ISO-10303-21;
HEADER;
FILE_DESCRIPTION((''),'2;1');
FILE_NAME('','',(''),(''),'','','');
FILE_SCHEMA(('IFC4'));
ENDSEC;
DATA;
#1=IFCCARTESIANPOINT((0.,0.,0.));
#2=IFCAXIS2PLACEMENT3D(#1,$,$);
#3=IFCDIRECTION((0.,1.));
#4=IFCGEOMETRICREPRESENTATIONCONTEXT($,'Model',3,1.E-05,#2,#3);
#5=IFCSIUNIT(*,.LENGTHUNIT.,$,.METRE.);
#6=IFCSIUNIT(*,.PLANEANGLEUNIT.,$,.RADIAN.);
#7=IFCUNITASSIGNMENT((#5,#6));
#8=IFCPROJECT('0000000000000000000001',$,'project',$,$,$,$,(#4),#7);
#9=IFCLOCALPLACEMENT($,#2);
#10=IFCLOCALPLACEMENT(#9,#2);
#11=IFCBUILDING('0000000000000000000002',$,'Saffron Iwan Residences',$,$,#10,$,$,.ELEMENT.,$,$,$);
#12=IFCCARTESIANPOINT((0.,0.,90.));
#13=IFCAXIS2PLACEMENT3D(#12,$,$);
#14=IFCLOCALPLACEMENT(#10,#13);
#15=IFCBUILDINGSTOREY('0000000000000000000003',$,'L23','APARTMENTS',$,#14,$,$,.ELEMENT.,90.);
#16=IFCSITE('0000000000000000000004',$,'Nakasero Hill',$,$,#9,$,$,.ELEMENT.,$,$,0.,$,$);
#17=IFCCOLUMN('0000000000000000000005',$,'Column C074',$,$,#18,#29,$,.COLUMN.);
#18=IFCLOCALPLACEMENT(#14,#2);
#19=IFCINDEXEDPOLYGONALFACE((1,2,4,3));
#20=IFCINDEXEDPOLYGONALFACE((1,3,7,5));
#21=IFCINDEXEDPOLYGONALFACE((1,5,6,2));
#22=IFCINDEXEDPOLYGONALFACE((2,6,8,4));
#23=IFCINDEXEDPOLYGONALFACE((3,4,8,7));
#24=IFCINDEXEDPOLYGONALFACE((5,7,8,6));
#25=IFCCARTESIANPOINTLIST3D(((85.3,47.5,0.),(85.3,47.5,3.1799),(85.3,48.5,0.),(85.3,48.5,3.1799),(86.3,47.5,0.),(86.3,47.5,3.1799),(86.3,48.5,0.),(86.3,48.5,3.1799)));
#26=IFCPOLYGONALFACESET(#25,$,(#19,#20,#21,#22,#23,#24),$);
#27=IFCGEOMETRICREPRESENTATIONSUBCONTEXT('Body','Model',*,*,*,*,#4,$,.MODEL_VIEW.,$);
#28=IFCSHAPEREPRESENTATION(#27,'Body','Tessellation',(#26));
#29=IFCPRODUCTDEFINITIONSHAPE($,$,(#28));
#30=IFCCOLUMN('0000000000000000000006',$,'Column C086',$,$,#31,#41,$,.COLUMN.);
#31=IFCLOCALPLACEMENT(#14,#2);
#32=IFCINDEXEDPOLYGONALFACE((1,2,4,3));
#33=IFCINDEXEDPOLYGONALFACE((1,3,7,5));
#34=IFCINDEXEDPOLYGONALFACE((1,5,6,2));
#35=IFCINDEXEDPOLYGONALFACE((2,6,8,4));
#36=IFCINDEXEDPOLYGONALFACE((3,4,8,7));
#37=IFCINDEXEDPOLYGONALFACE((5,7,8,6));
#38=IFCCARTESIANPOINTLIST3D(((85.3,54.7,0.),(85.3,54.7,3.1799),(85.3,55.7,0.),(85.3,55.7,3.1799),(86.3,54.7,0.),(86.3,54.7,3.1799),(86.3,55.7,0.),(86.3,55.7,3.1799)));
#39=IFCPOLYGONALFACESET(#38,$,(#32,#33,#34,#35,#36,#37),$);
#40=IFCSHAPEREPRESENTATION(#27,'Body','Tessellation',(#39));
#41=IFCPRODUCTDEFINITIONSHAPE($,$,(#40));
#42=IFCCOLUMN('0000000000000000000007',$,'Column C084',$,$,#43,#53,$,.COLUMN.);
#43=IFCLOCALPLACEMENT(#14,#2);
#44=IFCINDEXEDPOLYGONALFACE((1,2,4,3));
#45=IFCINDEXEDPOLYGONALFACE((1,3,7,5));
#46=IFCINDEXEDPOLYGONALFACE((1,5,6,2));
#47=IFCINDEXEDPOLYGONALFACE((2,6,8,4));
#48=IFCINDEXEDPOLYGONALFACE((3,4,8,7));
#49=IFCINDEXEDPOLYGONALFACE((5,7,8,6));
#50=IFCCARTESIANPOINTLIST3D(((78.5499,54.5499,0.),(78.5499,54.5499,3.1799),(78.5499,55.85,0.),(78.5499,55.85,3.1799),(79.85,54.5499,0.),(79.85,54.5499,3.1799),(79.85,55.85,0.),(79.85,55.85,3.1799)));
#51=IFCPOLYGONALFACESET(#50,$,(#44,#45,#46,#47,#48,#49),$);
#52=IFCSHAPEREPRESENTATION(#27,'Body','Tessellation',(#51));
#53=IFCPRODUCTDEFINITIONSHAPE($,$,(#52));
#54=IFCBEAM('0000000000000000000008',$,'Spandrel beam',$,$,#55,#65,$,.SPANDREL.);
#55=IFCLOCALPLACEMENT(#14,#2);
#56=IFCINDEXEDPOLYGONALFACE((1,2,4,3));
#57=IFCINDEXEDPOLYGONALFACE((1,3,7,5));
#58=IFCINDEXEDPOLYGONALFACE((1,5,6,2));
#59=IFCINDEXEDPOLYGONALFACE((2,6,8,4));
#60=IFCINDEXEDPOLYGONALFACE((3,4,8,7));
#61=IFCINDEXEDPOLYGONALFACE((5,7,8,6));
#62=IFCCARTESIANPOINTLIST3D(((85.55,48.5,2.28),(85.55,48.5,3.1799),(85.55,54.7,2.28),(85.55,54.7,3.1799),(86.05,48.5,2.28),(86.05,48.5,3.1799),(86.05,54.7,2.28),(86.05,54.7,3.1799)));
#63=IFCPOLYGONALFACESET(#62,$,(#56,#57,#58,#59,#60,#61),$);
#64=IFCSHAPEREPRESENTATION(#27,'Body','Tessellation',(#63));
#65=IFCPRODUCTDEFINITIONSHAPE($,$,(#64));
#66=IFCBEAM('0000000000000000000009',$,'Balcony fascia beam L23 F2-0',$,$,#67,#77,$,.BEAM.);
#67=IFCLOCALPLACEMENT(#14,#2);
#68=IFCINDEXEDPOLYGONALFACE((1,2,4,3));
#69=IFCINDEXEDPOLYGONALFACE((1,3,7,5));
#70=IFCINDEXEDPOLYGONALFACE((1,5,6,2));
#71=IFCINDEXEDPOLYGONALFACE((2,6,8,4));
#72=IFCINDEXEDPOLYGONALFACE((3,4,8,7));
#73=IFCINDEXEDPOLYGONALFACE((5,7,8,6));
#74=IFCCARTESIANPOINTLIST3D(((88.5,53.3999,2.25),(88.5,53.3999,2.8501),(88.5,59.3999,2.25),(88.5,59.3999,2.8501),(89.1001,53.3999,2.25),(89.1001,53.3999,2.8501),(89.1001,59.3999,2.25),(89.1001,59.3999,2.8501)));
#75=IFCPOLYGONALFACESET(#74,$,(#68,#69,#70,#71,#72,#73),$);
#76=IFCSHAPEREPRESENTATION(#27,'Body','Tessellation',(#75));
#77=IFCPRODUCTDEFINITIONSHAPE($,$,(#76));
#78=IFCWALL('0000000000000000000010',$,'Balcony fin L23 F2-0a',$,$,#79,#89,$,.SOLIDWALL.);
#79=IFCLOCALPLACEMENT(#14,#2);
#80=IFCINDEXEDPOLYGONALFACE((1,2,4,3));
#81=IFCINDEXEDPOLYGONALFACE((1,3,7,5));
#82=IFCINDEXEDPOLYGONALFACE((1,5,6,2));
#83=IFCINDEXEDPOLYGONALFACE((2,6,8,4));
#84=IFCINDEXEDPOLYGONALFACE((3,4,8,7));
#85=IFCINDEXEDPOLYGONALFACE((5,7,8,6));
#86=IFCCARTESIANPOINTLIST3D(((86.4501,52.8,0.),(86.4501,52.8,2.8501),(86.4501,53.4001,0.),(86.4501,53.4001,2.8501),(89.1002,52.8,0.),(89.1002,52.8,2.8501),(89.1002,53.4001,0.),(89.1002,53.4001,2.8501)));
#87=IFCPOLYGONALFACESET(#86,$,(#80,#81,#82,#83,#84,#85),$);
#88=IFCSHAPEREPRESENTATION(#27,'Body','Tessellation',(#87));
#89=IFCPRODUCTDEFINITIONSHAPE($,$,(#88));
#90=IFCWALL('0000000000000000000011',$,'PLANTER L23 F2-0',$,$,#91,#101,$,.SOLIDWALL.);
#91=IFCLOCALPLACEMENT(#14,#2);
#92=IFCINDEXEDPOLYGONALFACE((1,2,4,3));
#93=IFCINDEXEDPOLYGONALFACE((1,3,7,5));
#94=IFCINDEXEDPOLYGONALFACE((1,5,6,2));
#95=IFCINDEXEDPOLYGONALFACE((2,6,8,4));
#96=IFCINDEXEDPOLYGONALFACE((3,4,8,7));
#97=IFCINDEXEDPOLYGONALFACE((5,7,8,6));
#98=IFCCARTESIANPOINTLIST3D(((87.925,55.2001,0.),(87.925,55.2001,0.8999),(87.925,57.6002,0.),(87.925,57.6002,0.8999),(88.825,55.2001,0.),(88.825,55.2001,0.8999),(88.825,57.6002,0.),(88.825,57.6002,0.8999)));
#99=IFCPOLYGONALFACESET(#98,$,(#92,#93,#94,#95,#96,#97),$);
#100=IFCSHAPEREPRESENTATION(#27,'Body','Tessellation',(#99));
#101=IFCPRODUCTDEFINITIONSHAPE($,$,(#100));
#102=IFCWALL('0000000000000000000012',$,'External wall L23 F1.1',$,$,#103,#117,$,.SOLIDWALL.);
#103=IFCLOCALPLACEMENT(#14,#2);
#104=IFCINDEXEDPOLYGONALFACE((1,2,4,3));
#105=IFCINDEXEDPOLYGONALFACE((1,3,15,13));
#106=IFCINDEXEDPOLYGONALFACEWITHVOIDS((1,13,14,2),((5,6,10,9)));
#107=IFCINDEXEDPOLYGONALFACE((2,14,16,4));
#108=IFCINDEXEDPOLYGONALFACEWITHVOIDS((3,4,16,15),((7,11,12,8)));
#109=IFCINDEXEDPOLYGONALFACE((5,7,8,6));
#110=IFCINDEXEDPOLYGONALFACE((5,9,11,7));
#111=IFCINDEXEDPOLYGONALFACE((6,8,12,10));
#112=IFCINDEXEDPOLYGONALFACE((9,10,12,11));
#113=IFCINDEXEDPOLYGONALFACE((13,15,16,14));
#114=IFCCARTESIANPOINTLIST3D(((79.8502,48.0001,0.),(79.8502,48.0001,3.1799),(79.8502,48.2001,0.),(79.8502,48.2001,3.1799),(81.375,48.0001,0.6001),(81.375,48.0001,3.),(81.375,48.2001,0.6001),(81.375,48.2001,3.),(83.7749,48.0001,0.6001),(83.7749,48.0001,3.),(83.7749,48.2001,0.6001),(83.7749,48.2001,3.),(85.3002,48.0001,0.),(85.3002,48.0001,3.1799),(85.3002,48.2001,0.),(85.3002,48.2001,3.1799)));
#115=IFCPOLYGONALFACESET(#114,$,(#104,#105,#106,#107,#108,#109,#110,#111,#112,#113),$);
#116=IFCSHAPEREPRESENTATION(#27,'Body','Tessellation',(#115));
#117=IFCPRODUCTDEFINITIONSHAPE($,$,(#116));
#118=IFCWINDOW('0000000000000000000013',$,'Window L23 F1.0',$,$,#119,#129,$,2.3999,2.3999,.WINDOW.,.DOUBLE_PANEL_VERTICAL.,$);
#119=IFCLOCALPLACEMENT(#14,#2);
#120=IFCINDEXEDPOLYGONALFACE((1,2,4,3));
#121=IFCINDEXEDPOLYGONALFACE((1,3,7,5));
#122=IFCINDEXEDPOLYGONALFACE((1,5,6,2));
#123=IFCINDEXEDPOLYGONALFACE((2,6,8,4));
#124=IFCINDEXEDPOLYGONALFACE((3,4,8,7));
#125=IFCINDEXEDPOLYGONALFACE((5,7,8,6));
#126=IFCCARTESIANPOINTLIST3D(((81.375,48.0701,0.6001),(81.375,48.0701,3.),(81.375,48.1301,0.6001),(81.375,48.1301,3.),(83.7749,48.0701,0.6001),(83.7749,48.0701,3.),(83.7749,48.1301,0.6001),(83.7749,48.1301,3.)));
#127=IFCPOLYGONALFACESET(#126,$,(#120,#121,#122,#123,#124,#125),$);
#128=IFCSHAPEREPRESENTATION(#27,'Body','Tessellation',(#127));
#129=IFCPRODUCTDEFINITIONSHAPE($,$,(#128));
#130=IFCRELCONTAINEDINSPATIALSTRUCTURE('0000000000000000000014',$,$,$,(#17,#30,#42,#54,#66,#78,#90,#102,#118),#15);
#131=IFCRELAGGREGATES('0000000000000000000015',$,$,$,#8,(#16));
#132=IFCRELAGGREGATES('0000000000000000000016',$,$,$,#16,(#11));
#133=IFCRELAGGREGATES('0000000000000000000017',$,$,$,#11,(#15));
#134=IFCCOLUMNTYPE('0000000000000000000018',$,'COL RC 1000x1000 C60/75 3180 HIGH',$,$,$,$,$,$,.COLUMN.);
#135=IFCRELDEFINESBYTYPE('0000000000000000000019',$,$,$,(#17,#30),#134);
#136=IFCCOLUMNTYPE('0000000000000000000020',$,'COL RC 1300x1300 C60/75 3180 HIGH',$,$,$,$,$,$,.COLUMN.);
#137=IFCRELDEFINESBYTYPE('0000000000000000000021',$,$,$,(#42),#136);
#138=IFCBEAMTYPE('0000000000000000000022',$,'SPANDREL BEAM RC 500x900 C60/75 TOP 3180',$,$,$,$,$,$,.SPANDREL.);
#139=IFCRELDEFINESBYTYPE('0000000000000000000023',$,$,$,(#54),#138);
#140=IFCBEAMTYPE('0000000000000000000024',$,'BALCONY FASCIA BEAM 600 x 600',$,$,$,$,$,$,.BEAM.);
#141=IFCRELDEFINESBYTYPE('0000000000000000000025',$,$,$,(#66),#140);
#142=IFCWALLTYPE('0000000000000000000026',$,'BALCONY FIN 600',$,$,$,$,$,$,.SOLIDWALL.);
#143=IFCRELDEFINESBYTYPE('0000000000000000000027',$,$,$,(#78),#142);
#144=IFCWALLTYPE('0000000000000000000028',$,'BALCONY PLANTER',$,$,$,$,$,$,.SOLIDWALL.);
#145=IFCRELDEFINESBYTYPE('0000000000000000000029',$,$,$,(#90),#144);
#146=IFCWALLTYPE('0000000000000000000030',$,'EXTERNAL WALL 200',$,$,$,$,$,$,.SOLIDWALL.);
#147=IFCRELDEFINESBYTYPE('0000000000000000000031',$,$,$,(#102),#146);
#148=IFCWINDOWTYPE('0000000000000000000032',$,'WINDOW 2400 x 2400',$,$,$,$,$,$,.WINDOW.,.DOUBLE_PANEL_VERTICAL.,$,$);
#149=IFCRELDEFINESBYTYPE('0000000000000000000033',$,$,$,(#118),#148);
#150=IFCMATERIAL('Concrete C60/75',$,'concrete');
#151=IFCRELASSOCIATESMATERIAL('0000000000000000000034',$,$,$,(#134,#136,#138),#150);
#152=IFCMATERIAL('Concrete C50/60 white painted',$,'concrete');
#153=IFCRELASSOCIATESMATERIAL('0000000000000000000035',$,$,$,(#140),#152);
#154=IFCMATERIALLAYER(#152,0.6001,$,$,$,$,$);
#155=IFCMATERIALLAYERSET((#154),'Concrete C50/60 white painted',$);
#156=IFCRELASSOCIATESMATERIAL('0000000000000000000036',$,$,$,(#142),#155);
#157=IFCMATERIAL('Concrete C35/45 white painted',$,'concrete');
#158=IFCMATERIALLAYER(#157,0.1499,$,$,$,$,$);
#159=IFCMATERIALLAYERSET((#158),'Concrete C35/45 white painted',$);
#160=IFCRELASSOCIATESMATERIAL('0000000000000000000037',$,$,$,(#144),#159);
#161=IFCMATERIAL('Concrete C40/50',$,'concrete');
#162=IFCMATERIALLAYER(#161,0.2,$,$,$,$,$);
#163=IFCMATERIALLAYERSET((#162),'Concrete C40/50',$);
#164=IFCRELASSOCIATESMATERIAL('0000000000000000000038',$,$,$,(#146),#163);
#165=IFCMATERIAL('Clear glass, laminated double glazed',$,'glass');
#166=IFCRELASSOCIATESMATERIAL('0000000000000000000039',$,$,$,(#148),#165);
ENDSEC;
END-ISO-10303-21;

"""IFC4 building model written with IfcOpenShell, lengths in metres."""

from ifc_helpers import new_model, si_unit, direction, frame, frame_2d, origin, origin_2d, place, context, subcontext, project, spatial, rectangle, extrude, source, transform, mapped, material, layer, layer_set, material_profile, profile_set, type_object, element, fill, save


model = new_model("IFC4")

# Units and contexts
model_context = context("Model", 3, precision=1e-05, world=origin(), true_north=direction((0.0, 1.0)))
body_context = subcontext(model_context, "Body", "Model", "MODEL_VIEW")
ifc_project = project(units=[si_unit("LENGTHUNIT", "METRE"), si_unit("PLANEANGLEUNIT", "RADIAN")], contexts=[model_context])

# Site, building, storey
site_placement = place(None, origin())
site = spatial("IfcSite", under=ifc_project, at=site_placement, Name="Nakasero Hill", CompositionType="ELEMENT", RefElevation=0.0)
building_placement = place(site_placement, origin())
building = spatial("IfcBuilding", under=site, at=building_placement, Name="Saffron Iwan Residences", CompositionType="ELEMENT")
storey_placement = place(building_placement, frame((0.0, 0.0, 90.0)))
storey = spatial("IfcBuildingStorey", under=building, at=storey_placement, Name="L23", Description="APARTMENTS", CompositionType="ELEMENT", Elevation=90.0)

# Columns
ifc_material_1 = material(Name="Concrete C60/75", Category="concrete")
ifc_material_profile_1 = material_profile(ifc_material_1, rectangle(XDim=1.0, YDim=1.0, at=origin_2d()), Name="RC 1000x1000")
ifc_profile_set_1 = profile_set([ifc_material_profile_1], Name="Concrete C60/75")
column_type_1 = type_object("IfcColumnType", Name="COL RC 1000x1000 C60/75 3180 HIGH", PredefinedType="COLUMN", material=ifc_profile_set_1)
shared_shape_1 = source(origin(), body_context, "Body", "SweptSolid", [
    extrude(rectangle(XDim=1.0, YDim=1.0, at=origin_2d()), origin(), (0.0, 0.0, 1.0), 3.1799),
])
for number, where, z_axis, x_axis, name in (
    (1, (85.8, 48.0, 0.0), (0.0, 0.0, 1.0), (1.0, 0.0, 0.0), "Column C074"),
    (2, (85.8, 55.2, 0.0), (0.0, 0.0, 1.0), (1.0, 0.0, 0.0), "Column C086"),
):
    element("IfcColumn", number, at=place(storey_placement, frame(where, z_axis=z_axis, x_axis=x_axis)), inside=storey, type_object=column_type_1, Name=name, PredefinedType="COLUMN", context=body_context, shape_type="MappedRepresentation", body=[
        mapped(shared_shape_1, transform((0.0, 0.0, 0.0))),
    ])
ifc_material_profile_2 = material_profile(ifc_material_1, rectangle(XDim=1.3, YDim=1.3, at=origin_2d()), Name="RC 1300x1300")
ifc_profile_set_2 = profile_set([ifc_material_profile_2], Name="Concrete C60/75")
column_type_2 = type_object("IfcColumnType", Name="COL RC 1300x1300 C60/75 3180 HIGH", PredefinedType="COLUMN", material=ifc_profile_set_2)
shared_shape_2 = source(origin(), body_context, "Body", "SweptSolid", [
    extrude(rectangle(XDim=1.3, YDim=1.3, at=origin_2d()), origin(), (0.0, 0.0, 1.0), 3.1799),
])
column_placement = place(storey_placement, frame((79.2, 55.2, 0.0), z_axis=(0.0, 0.0, 1.0), x_axis=(1.0, 0.0, 0.0)))
element("IfcColumn", 3, at=column_placement, inside=storey, type_object=column_type_2, Name="Column C084", PredefinedType="COLUMN", context=body_context, shape_type="MappedRepresentation", body=[
    mapped(shared_shape_2, transform((0.0, 0.0, 0.0))),
])

# Beams
ifc_material_profile_3 = material_profile(ifc_material_1, rectangle(XDim=0.5, YDim=0.8999, at=origin_2d()), Name="RC 500x900")
ifc_profile_set_3 = profile_set([ifc_material_profile_3], Name="Concrete C60/75")
beam_type_1 = type_object("IfcBeamType", Name="SPANDREL BEAM RC 500x900 C60/75 TOP 3180", PredefinedType="SPANDREL", material=ifc_profile_set_3)
shared_shape_3 = source(origin(), body_context, "Body", "SweptSolid", [
    extrude(rectangle(XDim=0.5, YDim=0.8999, at=origin_2d()), origin(), (0.0, 0.0, 1.0), 6.2),
])
beam_1_placement = place(storey_placement, frame((85.8, 54.7, 2.73), z_axis=(0.0, -1.0, 0.0), x_axis=(1.0, 0.0, 0.0)))
element("IfcBeam", 4, at=beam_1_placement, inside=storey, type_object=beam_type_1, Name="Spandrel beam", PredefinedType="SPANDREL", context=body_context, shape_type="MappedRepresentation", body=[
    mapped(shared_shape_3, transform((0.0, 0.0, 0.0))),
])
ifc_material_2 = material(Name="Concrete C50/60 white painted", Category="concrete")
ifc_material_profile_4 = material_profile(ifc_material_2, rectangle(XDim=0.6001, YDim=0.6001, at=origin_2d()), Name="BALCONY FASCIA BEAM 600 x 600")
ifc_profile_set_4 = profile_set([ifc_material_profile_4], Name="Concrete C50/60 white painted")
beam_type_2 = type_object("IfcBeamType", Name="BALCONY FASCIA BEAM 600 x 600", PredefinedType="BEAM", material=ifc_profile_set_4)
shared_shape_4 = source(origin(), body_context, "Body", "SweptSolid", [
    extrude(rectangle(XDim=0.6001, YDim=0.6001, at=origin_2d()), origin(), (0.0, 0.0, 1.0), 6.0),
])
beam_2_placement = place(storey_placement, frame((88.8, 53.3999, 2.55), z_axis=(0.0, 1.0, 0.0), x_axis=(-1.0, 0.0, 0.0)))
element("IfcBeam", 5, at=beam_2_placement, inside=storey, type_object=beam_type_2, Name="Balcony fascia beam L23 F2-0", PredefinedType="BEAM", context=body_context, shape_type="MappedRepresentation", body=[
    mapped(shared_shape_4, transform((0.0, 0.0, 0.0))),
])

# Walls
ifc_layer_1 = layer(ifc_material_2, 0.6001)
ifc_layer_set_1 = layer_set([ifc_layer_1], Name="Concrete C50/60 white painted")
wall_type_1 = type_object("IfcWallType", Name="BALCONY FIN 600", PredefinedType="SOLIDWALL", material=ifc_layer_set_1)
wall_1_placement = place(storey_placement, frame((86.45, 53.1001, 0.0), z_axis=(0.0, 0.0, 1.0), x_axis=(1.0, 0.0, 0.0)))
element("IfcWall", 6, at=wall_1_placement, inside=storey, type_object=wall_type_1, Name="Balcony fin L23 F2-0a", PredefinedType="SOLIDWALL", context=body_context, shape_type="SweptSolid", body=[
    extrude(rectangle(XDim=2.6501, YDim=0.6001, at=frame_2d((1.3252, 0.0))), origin(), (0.0, 0.0, 1.0), 2.8501),
])
ifc_material_3 = material(Name="Concrete C35/45 white painted", Category="concrete")
ifc_layer_2 = layer(ifc_material_3, 0.1499)
ifc_layer_set_2 = layer_set([ifc_layer_2], Name="Concrete C35/45 white painted")
wall_type_2 = type_object("IfcWallType", Name="BALCONY PLANTER", PredefinedType="SOLIDWALL", material=ifc_layer_set_2)
wall_2_placement = place(storey_placement, frame((88.375, 55.2, 0.0), z_axis=(0.0, 0.0, 1.0), x_axis=(0.0, 1.0, 0.0)))
element("IfcWall", 7, at=wall_2_placement, inside=storey, type_object=wall_type_2, Name="PLANTER L23 F2-0", PredefinedType="SOLIDWALL", context=body_context, shape_type="SweptSolid", body=[
    extrude(rectangle(XDim=2.4001, YDim=0.8999, at=frame_2d((1.2002, 0.0))), origin(), (0.0, 0.0, 1.0), 0.8999),
])

# Wall, opening, window
ifc_material_4 = material(Name="Concrete C40/50", Category="concrete")
ifc_layer_3 = layer(ifc_material_4, 0.2)
ifc_layer_set_3 = layer_set([ifc_layer_3], Name="Concrete C40/50")
wall_type_3 = type_object("IfcWallType", Name="EXTERNAL WALL 200", PredefinedType="SOLIDWALL", material=ifc_layer_set_3)
wall_3_placement = place(storey_placement, frame((79.8501, 48.1001, 0.0), z_axis=(0.0, 0.0, 1.0), x_axis=(1.0, 0.0, 0.0)))
wall_3 = element("IfcWall", 8, at=wall_3_placement, inside=storey, type_object=wall_type_3, Name="External wall L23 F1.1", PredefinedType="SOLIDWALL", context=body_context, shape_type="SweptSolid", body=[
    extrude(rectangle(XDim=5.45, YDim=0.2, at=frame_2d((2.7251, 0.0))), origin(), (0.0, 0.0, 1.0), 3.1799),
])
opening_1_placement = place(wall_3_placement, frame((1.5249, 0.0, 0.6001)))
opening_1 = element("IfcOpeningElement", 9, at=opening_1_placement, cuts=wall_3, PredefinedType="OPENING", context=body_context, shape_type="SweptSolid", body=[
    extrude(rectangle(XDim=2.3999, YDim=2.3999, at=frame_2d((1.2, 1.2))), frame((0.0, 0.1099, 0.0), z_axis=(0.0, -1.0, 0.0), x_axis=(1.0, 0.0, 0.0)), (0.0, 0.0, 1.0), 0.22),
])
ifc_material_5 = material(Name="Clear glass, laminated double glazed", Category="glass")
window_type_1 = type_object("IfcWindowType", Name="WINDOW 2400 x 2400", PartitioningType="DOUBLE_PANEL_VERTICAL", PredefinedType="WINDOW", material=ifc_material_5)
window_1_placement = place(opening_1_placement, origin())
window_1 = element("IfcWindow", 10, at=window_1_placement, inside=storey, type_object=window_type_1, Name="Window L23 F1.0", OverallHeight=2.3999, OverallWidth=2.3999, PartitioningType="DOUBLE_PANEL_VERTICAL", PredefinedType="WINDOW", context=body_context, shape_type="SweptSolid", body=[
    extrude(rectangle(XDim=2.3999, YDim=2.3999, at=frame_2d((1.2, 1.2))), frame((0.0, 0.03, 0.0), z_axis=(0.0, -1.0, 0.0), x_axis=(1.0, 0.0, 0.0)), (0.0, 0.0, 1.0), 0.0601),
])
fill(opening_1, window_1)

save(model, "model.ifc")
